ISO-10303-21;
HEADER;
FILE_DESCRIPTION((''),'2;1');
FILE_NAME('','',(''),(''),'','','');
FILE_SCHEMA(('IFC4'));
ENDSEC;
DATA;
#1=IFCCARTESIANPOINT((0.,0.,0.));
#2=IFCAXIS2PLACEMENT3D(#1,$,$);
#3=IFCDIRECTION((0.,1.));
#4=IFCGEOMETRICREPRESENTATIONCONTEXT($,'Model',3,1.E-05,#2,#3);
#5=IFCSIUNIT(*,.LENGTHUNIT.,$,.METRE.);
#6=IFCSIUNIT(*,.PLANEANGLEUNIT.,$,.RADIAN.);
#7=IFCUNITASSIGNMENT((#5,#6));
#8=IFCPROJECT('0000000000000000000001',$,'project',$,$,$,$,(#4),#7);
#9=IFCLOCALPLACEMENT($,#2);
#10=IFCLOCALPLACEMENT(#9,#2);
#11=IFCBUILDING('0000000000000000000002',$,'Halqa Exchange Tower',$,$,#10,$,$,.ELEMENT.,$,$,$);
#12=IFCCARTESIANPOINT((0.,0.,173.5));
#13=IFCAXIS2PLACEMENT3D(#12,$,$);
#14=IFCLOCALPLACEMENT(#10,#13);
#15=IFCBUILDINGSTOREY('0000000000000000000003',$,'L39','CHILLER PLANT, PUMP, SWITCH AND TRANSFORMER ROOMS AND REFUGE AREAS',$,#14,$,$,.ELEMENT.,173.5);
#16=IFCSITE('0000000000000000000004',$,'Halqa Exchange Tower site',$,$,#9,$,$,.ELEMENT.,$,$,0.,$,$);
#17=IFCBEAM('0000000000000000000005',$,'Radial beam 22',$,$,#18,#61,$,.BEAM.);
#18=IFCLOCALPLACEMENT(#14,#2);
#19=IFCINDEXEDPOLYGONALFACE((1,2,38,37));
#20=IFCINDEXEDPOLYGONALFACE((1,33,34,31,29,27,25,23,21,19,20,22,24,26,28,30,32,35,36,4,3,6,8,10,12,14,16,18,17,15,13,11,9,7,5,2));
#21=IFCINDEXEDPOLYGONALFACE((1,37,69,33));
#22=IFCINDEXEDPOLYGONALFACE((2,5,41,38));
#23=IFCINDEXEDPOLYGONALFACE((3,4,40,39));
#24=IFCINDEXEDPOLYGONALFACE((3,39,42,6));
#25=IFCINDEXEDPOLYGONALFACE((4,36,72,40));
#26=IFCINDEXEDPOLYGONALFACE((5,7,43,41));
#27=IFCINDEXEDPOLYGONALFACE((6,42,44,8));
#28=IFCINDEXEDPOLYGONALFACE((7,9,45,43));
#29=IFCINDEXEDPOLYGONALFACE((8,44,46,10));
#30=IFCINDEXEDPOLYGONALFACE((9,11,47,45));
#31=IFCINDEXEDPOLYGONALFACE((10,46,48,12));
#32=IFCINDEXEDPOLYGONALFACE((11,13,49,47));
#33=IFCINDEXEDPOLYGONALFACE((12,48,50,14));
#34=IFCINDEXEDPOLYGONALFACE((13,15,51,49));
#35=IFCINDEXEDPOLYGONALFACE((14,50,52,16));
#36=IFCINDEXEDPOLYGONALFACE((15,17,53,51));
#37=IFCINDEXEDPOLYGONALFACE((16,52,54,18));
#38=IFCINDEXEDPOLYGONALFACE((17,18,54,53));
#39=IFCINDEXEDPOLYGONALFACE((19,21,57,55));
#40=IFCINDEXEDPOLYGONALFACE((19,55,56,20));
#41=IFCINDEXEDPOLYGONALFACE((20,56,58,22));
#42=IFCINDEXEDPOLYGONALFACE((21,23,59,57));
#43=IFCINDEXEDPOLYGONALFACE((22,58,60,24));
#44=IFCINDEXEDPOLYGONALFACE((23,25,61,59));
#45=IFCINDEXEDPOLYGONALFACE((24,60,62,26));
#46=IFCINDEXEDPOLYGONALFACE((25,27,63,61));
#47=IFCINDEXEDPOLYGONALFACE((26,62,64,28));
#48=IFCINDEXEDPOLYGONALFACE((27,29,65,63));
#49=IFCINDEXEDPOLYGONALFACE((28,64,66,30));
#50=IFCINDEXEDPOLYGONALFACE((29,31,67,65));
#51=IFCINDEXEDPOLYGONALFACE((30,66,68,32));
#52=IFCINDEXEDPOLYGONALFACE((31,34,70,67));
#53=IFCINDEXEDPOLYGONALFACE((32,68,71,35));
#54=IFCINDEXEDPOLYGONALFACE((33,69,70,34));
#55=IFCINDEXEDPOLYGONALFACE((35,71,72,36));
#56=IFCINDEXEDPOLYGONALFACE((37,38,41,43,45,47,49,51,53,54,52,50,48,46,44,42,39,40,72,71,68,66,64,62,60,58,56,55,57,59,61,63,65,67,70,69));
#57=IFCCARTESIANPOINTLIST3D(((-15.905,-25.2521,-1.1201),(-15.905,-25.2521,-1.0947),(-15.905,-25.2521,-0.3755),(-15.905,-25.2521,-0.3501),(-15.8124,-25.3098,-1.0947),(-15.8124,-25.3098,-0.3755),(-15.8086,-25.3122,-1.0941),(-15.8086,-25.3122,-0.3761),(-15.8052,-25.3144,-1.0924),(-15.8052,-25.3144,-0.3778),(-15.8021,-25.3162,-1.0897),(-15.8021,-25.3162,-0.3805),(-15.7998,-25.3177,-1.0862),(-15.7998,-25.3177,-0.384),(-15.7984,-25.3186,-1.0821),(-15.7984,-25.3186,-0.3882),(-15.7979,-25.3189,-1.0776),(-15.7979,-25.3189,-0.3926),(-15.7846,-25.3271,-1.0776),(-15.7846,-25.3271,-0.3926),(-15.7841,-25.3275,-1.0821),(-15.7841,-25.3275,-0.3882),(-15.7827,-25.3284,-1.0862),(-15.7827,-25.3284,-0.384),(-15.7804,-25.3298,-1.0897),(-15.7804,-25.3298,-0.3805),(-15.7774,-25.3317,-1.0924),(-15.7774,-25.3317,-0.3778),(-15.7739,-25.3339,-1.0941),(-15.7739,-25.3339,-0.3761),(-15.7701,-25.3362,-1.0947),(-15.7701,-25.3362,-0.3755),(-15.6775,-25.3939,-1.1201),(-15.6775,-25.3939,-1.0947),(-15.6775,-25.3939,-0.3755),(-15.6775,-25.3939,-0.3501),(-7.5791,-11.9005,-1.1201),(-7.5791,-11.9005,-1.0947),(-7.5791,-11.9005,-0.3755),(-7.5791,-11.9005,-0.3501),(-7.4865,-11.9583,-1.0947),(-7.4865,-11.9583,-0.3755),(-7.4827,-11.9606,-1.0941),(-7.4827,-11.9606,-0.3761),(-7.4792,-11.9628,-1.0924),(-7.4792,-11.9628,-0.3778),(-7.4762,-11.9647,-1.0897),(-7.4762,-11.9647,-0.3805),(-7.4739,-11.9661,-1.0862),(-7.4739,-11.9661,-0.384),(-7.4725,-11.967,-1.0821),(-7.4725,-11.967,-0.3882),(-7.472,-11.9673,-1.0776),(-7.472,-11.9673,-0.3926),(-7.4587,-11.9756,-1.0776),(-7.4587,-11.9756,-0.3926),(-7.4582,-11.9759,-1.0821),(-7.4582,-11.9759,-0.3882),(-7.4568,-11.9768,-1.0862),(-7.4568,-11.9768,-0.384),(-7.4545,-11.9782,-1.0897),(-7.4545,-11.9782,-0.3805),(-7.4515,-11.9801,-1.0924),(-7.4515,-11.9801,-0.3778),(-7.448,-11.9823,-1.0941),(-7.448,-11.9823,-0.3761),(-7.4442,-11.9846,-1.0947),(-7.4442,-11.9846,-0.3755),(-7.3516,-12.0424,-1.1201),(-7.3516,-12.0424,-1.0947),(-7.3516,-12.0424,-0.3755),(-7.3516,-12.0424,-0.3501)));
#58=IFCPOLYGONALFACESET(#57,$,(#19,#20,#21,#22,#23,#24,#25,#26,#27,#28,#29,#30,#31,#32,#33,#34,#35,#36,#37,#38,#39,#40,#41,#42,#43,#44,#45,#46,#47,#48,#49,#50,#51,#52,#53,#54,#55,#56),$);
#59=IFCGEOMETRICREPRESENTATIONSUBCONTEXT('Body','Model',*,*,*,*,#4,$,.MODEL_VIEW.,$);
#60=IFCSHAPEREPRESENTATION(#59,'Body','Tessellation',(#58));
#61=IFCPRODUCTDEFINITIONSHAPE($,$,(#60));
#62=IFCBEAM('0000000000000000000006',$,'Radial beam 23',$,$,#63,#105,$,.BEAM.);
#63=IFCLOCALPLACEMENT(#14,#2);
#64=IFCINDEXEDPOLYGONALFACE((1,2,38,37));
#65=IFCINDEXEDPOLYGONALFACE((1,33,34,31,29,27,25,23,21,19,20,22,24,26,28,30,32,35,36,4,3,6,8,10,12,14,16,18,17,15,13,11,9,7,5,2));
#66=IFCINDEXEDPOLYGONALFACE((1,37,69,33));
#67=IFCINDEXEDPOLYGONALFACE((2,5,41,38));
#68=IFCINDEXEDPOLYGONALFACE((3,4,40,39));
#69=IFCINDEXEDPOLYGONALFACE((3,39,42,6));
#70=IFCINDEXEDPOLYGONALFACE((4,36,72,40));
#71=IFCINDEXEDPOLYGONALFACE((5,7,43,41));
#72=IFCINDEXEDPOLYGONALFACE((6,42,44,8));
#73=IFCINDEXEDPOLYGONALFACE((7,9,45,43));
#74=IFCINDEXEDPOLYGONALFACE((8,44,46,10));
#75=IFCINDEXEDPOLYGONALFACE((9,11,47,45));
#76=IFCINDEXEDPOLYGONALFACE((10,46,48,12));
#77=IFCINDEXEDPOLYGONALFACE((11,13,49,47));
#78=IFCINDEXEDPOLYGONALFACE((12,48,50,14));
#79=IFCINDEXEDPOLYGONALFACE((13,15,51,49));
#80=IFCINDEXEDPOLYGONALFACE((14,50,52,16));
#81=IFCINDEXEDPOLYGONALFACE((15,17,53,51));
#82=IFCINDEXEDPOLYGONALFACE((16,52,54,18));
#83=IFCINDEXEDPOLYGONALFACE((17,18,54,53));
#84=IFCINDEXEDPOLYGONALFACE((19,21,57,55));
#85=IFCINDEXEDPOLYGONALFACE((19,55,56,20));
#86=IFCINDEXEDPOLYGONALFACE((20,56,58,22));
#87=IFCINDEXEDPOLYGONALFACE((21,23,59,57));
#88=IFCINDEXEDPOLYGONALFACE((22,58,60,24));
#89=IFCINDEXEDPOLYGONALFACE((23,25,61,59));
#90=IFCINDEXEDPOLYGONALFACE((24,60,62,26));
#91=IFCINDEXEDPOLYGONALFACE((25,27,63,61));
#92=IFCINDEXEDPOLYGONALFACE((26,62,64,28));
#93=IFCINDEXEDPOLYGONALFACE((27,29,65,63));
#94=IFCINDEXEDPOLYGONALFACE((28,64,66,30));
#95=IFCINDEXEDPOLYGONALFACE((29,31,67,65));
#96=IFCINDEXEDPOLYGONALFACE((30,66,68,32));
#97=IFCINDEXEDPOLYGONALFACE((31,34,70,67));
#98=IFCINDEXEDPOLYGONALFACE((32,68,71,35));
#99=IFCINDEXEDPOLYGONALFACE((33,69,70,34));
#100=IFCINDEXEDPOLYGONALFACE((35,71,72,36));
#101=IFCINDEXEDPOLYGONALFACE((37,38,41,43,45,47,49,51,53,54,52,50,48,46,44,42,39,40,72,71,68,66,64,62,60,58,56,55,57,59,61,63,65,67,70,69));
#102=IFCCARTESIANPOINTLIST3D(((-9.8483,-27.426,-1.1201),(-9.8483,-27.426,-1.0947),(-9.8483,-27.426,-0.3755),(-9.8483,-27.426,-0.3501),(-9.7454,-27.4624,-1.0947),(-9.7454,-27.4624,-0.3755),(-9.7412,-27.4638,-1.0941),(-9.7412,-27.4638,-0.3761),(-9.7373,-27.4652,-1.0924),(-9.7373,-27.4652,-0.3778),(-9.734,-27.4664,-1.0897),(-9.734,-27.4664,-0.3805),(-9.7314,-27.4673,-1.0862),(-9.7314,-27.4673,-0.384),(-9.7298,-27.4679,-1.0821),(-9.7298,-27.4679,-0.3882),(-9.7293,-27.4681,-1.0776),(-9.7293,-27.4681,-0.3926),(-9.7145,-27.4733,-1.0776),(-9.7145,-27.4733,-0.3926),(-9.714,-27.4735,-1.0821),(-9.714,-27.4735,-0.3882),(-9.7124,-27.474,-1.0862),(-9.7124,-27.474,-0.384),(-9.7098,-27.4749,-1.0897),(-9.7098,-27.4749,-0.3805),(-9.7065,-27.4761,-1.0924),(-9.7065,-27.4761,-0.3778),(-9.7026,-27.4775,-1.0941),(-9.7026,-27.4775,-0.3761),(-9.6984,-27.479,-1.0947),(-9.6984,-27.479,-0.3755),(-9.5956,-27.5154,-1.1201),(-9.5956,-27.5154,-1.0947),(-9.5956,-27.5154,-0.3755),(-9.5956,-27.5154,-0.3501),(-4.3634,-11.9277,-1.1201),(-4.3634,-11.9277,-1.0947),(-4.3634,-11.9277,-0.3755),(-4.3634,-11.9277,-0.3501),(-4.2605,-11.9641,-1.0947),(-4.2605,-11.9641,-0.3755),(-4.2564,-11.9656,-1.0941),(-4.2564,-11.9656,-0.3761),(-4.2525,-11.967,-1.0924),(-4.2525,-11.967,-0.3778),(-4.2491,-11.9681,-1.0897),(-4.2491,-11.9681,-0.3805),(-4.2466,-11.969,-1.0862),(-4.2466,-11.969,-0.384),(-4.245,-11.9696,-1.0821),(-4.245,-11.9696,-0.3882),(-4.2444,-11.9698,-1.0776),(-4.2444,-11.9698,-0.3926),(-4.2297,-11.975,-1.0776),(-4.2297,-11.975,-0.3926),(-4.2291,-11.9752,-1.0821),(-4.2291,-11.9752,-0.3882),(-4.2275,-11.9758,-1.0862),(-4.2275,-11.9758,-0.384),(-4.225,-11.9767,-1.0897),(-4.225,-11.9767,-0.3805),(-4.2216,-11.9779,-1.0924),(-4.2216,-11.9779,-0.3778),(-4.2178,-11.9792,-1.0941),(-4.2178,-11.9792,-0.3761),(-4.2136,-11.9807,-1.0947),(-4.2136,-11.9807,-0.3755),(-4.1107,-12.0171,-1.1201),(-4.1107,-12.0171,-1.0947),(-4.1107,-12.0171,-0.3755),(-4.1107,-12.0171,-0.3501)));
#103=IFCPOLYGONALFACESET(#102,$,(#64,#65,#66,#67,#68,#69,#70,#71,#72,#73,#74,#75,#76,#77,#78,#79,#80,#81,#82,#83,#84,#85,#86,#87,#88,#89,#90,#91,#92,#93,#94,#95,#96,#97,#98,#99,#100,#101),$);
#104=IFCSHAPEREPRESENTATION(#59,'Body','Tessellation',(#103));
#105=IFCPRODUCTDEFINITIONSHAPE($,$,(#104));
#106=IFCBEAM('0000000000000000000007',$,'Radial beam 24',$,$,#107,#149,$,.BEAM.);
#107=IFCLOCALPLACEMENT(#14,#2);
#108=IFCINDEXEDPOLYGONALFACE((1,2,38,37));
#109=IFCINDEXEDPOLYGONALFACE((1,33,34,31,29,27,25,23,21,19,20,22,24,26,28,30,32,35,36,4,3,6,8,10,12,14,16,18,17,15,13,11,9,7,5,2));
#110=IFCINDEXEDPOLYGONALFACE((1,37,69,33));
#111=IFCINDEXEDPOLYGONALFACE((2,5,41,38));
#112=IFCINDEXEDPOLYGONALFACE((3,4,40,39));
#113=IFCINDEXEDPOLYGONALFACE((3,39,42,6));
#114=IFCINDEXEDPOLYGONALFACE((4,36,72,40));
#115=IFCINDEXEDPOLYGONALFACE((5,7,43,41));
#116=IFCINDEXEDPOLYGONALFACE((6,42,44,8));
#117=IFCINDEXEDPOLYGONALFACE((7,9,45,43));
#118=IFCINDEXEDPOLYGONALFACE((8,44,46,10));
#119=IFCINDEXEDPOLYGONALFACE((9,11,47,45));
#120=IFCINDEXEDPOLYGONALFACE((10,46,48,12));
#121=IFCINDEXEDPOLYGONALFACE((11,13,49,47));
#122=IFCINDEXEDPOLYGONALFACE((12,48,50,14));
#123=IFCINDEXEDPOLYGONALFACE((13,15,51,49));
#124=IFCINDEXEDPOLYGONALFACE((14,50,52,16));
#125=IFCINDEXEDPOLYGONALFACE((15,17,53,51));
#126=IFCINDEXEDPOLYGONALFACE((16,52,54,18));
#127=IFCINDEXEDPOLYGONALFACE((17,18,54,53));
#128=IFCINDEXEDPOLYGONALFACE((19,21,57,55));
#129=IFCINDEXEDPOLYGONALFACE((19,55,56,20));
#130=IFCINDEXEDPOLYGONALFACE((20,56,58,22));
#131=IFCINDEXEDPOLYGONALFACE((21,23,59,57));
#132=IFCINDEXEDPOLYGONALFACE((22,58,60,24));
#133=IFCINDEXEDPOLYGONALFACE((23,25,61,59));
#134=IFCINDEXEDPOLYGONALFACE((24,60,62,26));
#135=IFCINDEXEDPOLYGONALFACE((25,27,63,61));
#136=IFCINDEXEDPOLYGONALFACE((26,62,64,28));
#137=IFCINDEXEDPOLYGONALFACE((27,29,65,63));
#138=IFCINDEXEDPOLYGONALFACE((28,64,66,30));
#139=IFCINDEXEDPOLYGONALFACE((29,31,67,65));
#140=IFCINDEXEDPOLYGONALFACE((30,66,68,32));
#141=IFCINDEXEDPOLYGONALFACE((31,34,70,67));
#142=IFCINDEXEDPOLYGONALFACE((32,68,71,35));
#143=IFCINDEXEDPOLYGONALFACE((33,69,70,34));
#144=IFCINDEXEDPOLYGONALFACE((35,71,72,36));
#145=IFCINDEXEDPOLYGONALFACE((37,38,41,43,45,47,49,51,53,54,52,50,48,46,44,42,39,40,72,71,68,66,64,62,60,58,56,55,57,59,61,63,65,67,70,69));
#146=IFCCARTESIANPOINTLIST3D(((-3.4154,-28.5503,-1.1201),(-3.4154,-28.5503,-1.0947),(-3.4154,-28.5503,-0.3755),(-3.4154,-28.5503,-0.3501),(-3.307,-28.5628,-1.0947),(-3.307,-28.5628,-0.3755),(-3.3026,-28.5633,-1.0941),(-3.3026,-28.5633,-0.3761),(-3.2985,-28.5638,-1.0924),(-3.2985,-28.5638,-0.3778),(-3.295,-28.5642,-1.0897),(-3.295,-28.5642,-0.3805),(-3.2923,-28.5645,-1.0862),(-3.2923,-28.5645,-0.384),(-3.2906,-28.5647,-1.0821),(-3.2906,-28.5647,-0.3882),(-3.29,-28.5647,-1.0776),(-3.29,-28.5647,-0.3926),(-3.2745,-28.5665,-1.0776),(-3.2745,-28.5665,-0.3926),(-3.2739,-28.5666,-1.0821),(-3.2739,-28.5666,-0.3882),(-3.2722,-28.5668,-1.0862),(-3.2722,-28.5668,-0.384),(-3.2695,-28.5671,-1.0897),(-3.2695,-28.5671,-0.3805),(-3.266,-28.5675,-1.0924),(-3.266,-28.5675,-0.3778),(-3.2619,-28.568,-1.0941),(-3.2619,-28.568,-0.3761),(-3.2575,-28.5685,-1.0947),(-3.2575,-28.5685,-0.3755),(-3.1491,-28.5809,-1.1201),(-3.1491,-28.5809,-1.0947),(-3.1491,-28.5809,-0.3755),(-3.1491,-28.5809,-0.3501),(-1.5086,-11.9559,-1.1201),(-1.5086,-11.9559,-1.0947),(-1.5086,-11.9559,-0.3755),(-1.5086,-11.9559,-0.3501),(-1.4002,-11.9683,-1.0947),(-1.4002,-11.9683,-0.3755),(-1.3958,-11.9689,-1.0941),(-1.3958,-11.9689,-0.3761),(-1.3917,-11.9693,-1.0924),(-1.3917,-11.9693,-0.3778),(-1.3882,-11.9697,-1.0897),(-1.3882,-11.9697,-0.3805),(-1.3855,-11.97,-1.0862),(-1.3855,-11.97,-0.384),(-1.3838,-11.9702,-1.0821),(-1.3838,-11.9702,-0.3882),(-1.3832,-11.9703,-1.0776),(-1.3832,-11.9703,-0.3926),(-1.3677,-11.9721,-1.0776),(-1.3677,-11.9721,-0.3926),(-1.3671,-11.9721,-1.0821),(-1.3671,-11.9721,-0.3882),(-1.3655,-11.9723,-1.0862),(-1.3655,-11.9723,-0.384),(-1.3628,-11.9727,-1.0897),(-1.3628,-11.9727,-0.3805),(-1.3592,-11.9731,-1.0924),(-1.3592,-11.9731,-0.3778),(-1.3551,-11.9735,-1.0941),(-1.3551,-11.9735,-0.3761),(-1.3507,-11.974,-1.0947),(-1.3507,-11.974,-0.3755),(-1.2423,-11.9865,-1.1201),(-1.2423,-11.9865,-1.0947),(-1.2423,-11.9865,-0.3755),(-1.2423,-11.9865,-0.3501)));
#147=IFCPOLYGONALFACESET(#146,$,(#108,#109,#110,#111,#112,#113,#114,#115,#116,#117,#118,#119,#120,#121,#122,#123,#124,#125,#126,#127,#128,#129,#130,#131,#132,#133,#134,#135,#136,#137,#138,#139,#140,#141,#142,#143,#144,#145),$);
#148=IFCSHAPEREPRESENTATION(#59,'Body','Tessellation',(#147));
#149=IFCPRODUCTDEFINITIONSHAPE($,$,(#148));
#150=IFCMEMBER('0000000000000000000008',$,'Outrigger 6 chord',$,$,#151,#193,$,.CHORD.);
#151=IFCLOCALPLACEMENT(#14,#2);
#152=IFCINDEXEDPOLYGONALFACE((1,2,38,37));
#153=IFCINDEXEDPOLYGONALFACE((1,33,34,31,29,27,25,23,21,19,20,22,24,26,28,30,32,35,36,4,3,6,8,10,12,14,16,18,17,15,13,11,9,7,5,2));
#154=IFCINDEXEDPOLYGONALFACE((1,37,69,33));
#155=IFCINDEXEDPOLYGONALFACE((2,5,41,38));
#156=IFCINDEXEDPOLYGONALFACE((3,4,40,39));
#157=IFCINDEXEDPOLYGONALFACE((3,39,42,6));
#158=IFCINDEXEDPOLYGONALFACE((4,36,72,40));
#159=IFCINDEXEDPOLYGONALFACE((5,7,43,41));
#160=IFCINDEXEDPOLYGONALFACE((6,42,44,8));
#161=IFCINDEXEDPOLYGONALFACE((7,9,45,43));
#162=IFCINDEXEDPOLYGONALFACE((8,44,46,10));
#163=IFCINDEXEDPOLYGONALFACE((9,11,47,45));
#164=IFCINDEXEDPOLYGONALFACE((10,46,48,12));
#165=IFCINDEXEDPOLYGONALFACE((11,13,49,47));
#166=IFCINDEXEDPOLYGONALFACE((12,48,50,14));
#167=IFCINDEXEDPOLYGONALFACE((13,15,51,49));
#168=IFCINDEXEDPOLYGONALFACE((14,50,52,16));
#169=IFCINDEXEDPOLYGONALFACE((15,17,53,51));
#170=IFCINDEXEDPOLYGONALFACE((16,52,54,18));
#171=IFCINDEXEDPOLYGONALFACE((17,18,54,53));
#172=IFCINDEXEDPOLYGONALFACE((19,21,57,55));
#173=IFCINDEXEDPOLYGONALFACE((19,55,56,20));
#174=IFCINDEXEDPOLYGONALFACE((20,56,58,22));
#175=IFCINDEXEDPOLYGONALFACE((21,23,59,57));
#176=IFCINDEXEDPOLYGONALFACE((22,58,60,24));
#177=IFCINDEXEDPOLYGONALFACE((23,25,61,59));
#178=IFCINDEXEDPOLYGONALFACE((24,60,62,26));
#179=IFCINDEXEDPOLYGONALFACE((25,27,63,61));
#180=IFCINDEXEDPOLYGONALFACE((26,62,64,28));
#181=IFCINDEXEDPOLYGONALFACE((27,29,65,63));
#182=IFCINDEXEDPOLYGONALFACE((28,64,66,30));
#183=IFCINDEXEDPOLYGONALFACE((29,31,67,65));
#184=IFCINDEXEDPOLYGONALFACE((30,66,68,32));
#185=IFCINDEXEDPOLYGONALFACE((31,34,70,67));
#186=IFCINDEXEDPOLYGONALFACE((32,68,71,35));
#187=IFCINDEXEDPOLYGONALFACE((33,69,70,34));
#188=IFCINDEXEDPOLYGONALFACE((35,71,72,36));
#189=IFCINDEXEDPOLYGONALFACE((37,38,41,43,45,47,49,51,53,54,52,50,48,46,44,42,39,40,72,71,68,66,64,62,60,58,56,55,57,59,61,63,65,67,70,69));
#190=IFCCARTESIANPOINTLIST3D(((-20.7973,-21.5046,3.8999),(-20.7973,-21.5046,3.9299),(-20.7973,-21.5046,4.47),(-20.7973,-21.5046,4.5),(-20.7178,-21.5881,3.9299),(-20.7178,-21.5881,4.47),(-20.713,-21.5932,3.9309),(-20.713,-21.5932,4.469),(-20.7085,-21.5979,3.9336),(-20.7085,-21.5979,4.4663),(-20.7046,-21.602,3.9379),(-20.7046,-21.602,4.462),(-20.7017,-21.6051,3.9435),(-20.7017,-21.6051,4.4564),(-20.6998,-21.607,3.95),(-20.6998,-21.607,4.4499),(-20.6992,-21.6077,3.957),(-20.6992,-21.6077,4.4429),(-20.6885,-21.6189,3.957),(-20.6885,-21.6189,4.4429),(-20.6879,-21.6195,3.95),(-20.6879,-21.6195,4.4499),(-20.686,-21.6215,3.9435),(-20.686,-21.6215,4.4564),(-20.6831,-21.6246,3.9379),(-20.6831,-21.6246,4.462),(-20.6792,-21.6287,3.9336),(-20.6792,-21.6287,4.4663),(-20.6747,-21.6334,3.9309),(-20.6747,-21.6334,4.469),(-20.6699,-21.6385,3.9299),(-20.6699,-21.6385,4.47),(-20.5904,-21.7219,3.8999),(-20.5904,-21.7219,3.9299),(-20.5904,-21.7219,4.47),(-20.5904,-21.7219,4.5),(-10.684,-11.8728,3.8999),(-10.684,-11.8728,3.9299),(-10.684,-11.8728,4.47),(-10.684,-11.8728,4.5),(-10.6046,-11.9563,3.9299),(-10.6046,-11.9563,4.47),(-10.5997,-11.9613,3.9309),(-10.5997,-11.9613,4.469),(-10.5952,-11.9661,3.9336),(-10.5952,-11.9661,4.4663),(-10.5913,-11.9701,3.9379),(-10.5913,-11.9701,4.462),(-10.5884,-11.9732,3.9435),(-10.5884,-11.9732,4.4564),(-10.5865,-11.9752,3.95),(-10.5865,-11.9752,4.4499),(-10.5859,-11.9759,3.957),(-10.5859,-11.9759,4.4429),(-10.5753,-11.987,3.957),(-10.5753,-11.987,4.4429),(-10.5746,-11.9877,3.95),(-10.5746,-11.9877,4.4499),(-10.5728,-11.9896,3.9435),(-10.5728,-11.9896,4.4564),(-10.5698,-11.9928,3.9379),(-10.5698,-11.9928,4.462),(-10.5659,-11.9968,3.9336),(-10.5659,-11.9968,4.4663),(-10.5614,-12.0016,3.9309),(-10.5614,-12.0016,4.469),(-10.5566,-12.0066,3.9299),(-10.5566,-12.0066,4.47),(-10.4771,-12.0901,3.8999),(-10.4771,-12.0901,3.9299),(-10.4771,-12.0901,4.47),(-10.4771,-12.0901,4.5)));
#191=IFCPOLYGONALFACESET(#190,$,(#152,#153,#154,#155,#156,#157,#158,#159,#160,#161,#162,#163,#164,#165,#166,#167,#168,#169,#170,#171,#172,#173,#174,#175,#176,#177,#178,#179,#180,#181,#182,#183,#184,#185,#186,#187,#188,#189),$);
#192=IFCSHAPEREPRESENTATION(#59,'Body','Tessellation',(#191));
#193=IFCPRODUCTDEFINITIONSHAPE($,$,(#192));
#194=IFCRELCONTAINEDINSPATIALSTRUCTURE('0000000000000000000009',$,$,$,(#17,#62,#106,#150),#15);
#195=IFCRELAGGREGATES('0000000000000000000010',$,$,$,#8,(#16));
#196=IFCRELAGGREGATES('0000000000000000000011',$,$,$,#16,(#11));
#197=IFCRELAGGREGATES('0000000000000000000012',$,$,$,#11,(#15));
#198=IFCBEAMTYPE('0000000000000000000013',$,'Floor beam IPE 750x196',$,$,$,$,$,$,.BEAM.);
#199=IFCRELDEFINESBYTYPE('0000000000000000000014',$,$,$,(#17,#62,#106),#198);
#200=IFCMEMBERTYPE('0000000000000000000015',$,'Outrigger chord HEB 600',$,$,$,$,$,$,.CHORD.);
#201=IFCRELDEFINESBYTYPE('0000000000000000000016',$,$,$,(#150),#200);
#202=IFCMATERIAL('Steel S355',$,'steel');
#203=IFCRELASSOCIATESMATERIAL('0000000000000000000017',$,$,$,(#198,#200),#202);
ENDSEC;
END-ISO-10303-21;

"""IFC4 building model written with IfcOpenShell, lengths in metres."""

from ifc_helpers import new_model, si_unit, direction, frame, origin, origin_2d, place, context, subcontext, project, spatial, i_section, extrude, material, material_profile, profile_set, type_object, element, save


model = new_model("IFC4")

# Units and contexts
model_context = context("Model", 3, precision=1e-05, world=origin(), true_north=direction((0.0, 1.0)))
body_context = subcontext(model_context, "Body", "Model", "MODEL_VIEW")
ifc_project = project(units=[si_unit("LENGTHUNIT", "METRE"), si_unit("PLANEANGLEUNIT", "RADIAN")], contexts=[model_context])

# Site, building, storey
site_placement = place(None, origin())
site = spatial("IfcSite", under=ifc_project, at=site_placement, Name="Halqa Exchange Tower site", CompositionType="ELEMENT", RefElevation=0.0)
building_placement = place(site_placement, origin())
building = spatial("IfcBuilding", under=site, at=building_placement, Name="Halqa Exchange Tower", CompositionType="ELEMENT")
storey_placement = place(building_placement, frame((0.0, 0.0, 173.5)))
storey = spatial("IfcBuildingStorey", under=building, at=storey_placement, Name="L39", Description="CHILLER PLANT, PUMP, SWITCH AND TRANSFORMER ROOMS AND REFUGE AREAS", CompositionType="ELEMENT", Elevation=173.5)

# Beams
ifc_material_1 = material(Name="Steel S355", Category="steel")
ifc_material_profile_1 = material_profile(ifc_material_1, i_section(OverallWidth=0.2681, OverallDepth=0.77, WebThickness=0.0156, FlangeThickness=0.0254, FilletRadius=0.0171, at=origin_2d()), Name="IPE 750x196")
ifc_profile_set_1 = profile_set([ifc_material_profile_1], Name="Steel S355")
beam_type = type_object("IfcBeamType", Name="Floor beam IPE 750x196", PredefinedType="BEAM", material=ifc_profile_set_1)
beam_1_placement = place(storey_placement, frame((-7.4653, -11.9714, -0.7351), z_axis=(-0.52914, -0.848535, 0.0), x_axis=(0.848535, -0.52914, 0.0)))
element("IfcBeam", 1, at=beam_1_placement, inside=storey, type_object=beam_type, Name="Radial beam 22", PredefinedType="BEAM", context=body_context, shape_type="SweptSolid", body=[
    extrude(i_section(OverallWidth=0.2681, OverallDepth=0.77, WebThickness=0.0156, FlangeThickness=0.0254, FilletRadius=0.0171, at=origin_2d()), origin(), (0.0, 0.0, 1.0), 15.7349),
])
beam_2_placement = place(storey_placement, frame((-4.2371, -11.9724, -0.7351), z_axis=(-0.333625, -0.942706, 0.0), x_axis=(0.942706, -0.333625, 0.0)))
element("IfcBeam", 2, at=beam_2_placement, inside=storey, type_object=beam_type, Name="Radial beam 23", PredefinedType="BEAM", context=body_context, shape_type="SweptSolid", body=[
    extrude(i_section(OverallWidth=0.2681, OverallDepth=0.77, WebThickness=0.0156, FlangeThickness=0.0254, FilletRadius=0.0171, at=origin_2d()), origin(), (0.0, 0.0, 1.0), 16.4402),
])
beam_3_placement = place(storey_placement, frame((-1.3755, -11.9712, -0.7351), z_axis=(-0.114151, -0.993463, 0.0), x_axis=(0.993463, -0.114151, 0.0)))
element("IfcBeam", 3, at=beam_3_placement, inside=storey, type_object=beam_type, Name="Radial beam 24", PredefinedType="BEAM", context=body_context, shape_type="SweptSolid", body=[
    extrude(i_section(OverallWidth=0.2681, OverallDepth=0.77, WebThickness=0.0156, FlangeThickness=0.0254, FilletRadius=0.0171, at=origin_2d()), origin(), (0.0, 0.0, 1.0), 16.7036),
])

# Member
ifc_material_profile_2 = material_profile(ifc_material_1, i_section(OverallWidth=0.3, OverallDepth=0.6001, WebThickness=0.0154, FlangeThickness=0.03, FilletRadius=0.0271, at=origin_2d()), Name="HEB 600")
ifc_profile_set_2 = profile_set([ifc_material_profile_2], Name="Steel S355")
member_type = type_object("IfcMemberType", Name="Outrigger chord HEB 600", PredefinedType="CHORD", material=ifc_profile_set_2)
member_placement = place(storey_placement, frame((-10.5806, -11.9814, 4.2), z_axis=(-0.724133, -0.68966, 0.0), x_axis=(0.68966, -0.724133, 0.0)))
element("IfcMember", 4, at=member_placement, inside=storey, type_object=member_type, Name="Outrigger 6 chord", PredefinedType="CHORD", context=body_context, shape_type="SweptSolid", body=[
    extrude(i_section(OverallWidth=0.3, OverallDepth=0.6001, WebThickness=0.0154, FlangeThickness=0.03, FilletRadius=0.0271, at=origin_2d()), origin(), (0.0, 0.0, 1.0), 13.9661),
])

save(model, "model.ifc")
